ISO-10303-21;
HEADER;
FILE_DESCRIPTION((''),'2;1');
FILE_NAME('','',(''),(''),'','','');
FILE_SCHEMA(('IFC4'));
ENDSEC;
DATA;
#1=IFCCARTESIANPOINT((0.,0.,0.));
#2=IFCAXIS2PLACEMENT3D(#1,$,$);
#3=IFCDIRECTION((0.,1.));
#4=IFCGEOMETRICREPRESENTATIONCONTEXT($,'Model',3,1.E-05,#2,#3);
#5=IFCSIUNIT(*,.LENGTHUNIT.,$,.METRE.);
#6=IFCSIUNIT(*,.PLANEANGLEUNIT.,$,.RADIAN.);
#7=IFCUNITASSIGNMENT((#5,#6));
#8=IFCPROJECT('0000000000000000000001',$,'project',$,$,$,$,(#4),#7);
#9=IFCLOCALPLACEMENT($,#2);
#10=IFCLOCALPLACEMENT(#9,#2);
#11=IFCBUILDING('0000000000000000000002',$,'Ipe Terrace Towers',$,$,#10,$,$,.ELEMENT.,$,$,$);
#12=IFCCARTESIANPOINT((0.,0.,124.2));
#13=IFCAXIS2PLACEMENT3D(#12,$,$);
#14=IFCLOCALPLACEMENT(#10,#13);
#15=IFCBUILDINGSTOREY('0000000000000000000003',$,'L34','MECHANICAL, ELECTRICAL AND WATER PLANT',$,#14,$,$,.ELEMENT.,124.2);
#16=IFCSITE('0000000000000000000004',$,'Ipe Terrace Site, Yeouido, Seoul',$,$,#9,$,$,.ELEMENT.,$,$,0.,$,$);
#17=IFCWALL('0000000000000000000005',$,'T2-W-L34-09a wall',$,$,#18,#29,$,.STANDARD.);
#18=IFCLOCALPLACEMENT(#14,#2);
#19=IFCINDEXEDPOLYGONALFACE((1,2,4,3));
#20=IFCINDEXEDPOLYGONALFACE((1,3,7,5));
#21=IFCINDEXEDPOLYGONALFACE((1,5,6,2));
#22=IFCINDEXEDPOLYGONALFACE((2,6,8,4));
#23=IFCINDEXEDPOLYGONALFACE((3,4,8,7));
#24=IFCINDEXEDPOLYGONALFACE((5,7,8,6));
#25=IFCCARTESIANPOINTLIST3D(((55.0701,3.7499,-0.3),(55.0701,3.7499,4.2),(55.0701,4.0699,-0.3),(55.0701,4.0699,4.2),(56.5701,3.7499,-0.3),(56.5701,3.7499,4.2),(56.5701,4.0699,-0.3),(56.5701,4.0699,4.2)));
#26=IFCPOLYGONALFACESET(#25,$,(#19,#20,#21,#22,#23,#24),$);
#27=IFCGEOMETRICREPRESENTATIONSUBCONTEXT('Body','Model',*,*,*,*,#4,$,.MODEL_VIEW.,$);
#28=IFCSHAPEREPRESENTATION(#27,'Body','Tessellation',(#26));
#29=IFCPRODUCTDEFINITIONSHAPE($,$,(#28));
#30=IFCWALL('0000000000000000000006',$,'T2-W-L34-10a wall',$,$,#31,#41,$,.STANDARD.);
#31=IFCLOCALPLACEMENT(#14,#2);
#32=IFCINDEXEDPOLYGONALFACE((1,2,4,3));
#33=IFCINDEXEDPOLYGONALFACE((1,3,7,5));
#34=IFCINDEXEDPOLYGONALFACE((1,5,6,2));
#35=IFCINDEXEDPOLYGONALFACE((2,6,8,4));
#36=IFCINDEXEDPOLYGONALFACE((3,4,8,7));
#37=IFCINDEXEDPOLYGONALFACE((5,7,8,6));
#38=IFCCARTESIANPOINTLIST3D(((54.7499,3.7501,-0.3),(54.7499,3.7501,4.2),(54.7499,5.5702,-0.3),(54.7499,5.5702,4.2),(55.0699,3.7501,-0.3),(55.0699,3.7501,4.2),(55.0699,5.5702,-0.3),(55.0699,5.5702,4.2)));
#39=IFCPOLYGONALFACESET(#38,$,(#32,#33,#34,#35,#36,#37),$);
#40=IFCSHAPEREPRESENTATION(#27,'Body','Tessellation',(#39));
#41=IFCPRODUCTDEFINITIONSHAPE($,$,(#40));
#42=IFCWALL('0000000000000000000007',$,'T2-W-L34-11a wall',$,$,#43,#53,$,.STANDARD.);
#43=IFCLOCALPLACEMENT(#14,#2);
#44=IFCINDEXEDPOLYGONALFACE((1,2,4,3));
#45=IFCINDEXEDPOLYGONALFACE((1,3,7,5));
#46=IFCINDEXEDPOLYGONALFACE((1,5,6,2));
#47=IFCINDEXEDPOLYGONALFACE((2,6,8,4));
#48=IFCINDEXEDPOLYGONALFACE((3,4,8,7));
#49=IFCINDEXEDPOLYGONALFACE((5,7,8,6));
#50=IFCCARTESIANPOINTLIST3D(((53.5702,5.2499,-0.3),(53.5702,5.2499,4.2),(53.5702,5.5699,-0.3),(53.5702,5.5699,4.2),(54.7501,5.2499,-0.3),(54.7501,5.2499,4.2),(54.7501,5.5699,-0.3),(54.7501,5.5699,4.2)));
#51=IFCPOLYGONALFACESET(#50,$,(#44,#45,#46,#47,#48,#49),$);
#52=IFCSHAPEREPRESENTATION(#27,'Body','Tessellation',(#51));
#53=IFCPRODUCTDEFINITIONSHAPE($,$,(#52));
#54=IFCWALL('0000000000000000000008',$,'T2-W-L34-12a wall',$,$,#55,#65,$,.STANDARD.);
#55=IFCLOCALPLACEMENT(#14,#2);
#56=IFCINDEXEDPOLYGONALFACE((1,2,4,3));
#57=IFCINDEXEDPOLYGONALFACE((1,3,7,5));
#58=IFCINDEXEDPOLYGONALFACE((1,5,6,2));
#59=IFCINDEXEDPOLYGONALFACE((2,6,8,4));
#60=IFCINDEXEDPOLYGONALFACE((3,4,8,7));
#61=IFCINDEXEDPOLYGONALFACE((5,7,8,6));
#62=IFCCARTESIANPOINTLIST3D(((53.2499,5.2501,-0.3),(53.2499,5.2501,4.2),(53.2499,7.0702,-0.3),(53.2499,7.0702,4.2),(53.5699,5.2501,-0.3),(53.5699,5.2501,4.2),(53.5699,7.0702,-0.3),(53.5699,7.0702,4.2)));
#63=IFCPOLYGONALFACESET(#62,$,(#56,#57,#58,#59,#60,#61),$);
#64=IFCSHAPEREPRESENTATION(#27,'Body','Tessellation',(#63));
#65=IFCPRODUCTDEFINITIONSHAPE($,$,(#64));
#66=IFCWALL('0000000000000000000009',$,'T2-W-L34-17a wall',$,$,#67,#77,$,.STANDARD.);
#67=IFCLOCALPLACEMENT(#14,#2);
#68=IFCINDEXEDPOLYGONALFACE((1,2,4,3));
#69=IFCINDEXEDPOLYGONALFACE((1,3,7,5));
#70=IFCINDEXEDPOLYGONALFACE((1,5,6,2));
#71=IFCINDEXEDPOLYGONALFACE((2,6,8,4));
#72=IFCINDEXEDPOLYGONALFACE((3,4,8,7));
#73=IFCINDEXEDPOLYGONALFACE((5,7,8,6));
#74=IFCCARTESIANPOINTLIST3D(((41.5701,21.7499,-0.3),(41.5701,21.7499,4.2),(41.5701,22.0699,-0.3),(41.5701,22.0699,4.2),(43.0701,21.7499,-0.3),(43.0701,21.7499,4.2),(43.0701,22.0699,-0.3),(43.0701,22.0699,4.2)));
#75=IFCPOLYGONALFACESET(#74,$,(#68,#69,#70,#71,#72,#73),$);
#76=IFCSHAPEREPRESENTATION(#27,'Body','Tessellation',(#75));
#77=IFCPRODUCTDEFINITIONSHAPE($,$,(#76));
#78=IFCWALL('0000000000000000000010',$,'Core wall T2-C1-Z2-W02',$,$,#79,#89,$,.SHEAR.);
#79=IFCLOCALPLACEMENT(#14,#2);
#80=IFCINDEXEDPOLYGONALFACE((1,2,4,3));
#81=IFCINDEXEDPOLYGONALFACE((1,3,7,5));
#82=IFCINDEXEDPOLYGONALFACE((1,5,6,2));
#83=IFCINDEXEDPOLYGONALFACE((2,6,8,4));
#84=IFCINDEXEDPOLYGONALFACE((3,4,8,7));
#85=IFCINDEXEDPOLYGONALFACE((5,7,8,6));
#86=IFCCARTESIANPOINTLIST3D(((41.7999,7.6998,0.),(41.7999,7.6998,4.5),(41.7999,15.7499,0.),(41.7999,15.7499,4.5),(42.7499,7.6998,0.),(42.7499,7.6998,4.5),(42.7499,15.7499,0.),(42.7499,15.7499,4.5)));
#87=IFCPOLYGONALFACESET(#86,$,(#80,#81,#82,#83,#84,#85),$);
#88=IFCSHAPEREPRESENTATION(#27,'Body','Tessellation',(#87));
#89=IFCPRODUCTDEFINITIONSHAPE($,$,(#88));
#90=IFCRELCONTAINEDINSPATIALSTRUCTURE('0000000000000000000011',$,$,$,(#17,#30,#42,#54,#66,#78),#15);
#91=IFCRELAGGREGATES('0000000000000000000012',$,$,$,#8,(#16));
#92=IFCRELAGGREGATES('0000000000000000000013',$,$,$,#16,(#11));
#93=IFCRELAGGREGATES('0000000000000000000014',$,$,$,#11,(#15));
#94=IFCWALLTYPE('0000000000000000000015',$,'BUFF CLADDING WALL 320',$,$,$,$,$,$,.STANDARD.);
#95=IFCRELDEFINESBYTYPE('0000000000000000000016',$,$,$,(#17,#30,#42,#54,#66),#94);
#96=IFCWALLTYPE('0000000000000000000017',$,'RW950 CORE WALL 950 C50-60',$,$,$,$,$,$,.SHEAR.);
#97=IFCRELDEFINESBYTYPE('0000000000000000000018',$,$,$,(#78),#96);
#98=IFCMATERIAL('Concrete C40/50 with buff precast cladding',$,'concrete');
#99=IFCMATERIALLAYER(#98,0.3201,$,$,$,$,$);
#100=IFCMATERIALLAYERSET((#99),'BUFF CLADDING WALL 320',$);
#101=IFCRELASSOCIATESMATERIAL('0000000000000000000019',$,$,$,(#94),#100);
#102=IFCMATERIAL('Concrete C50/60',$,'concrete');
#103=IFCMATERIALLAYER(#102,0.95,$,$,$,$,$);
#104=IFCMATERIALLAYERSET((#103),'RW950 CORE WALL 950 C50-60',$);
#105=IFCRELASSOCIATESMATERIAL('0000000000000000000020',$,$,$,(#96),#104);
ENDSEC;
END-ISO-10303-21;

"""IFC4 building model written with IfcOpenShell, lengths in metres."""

from ifc_helpers import new_model, si_unit, direction, frame, frame_2d, origin, place, context, subcontext, project, spatial, rectangle, extrude, material, layer, layer_set, type_object, element, save


model = new_model("IFC4")

# Units and contexts
model_context = context("Model", 3, precision=1e-05, world=origin(), true_north=direction((0.0, 1.0)))
body_context = subcontext(model_context, "Body", "Model", "MODEL_VIEW")
ifc_project = project(units=[si_unit("LENGTHUNIT", "METRE"), si_unit("PLANEANGLEUNIT", "RADIAN")], contexts=[model_context])

# Site, building, storey
site_placement = place(None, origin())
site = spatial("IfcSite", under=ifc_project, at=site_placement, Name="Ipe Terrace Site, Yeouido, Seoul", CompositionType="ELEMENT", RefElevation=0.0)
building_placement = place(site_placement, origin())
building = spatial("IfcBuilding", under=site, at=building_placement, Name="Ipe Terrace Towers", CompositionType="ELEMENT")
storey_placement = place(building_placement, frame((0.0, 0.0, 124.2)))
storey = spatial("IfcBuildingStorey", under=building, at=storey_placement, Name="L34", Description="MECHANICAL, ELECTRICAL AND WATER PLANT", CompositionType="ELEMENT", Elevation=124.2)

# Walls
ifc_material_1 = material(Name="Concrete C40/50 with buff precast cladding", Category="concrete")
ifc_layer_1 = layer(ifc_material_1, 0.3201)
ifc_layer_set_1 = layer_set([ifc_layer_1], Name="BUFF CLADDING WALL 320")
wall_type_1 = type_object("IfcWallType", Name="BUFF CLADDING WALL 320", PredefinedType="STANDARD", material=ifc_layer_set_1)
wall_1_placement = place(storey_placement, frame((56.5701, 3.9099, -0.3), z_axis=(0.0, 0.0, 1.0), x_axis=(-1.0, 0.0, 0.0)))
element("IfcWall", 1, at=wall_1_placement, inside=storey, type_object=wall_type_1, Name="T2-W-L34-09a wall", PredefinedType="STANDARD", context=body_context, shape_type="SweptSolid", body=[
    extrude(rectangle(XDim=1.5, YDim=0.3201, at=frame_2d((0.75, 0.0))), origin(), (0.0, 0.0, 1.0), 4.5),
])
wall_2_placement = place(storey_placement, frame((54.9099, 3.75, -0.3), z_axis=(0.0, 0.0, 1.0), x_axis=(0.0, 1.0, 0.0)))
element("IfcWall", 2, at=wall_2_placement, inside=storey, type_object=wall_type_1, Name="T2-W-L34-10a wall", PredefinedType="STANDARD", context=body_context, shape_type="SweptSolid", body=[
    extrude(rectangle(XDim=1.8201, YDim=0.3201, at=frame_2d((0.9102, 0.0))), origin(), (0.0, 0.0, 1.0), 4.5),
])
wall_3_placement = place(storey_placement, frame((54.75, 5.4099, -0.3), z_axis=(0.0, 0.0, 1.0), x_axis=(-1.0, 0.0, 0.0)))
element("IfcWall", 3, at=wall_3_placement, inside=storey, type_object=wall_type_1, Name="T2-W-L34-11a wall", PredefinedType="STANDARD", context=body_context, shape_type="SweptSolid", body=[
    extrude(rectangle(XDim=1.1799, YDim=0.3201, at=frame_2d((0.5898, 0.0))), origin(), (0.0, 0.0, 1.0), 4.5),
])
wall_4_placement = place(storey_placement, frame((53.4099, 5.25, -0.3), z_axis=(0.0, 0.0, 1.0), x_axis=(0.0, 1.0, 0.0)))
element("IfcWall", 4, at=wall_4_placement, inside=storey, type_object=wall_type_1, Name="T2-W-L34-12a wall", PredefinedType="STANDARD", context=body_context, shape_type="SweptSolid", body=[
    extrude(rectangle(XDim=1.8201, YDim=0.3201, at=frame_2d((0.9102, 0.0))), origin(), (0.0, 0.0, 1.0), 4.5),
])
wall_5_placement = place(storey_placement, frame((43.0701, 21.9099, -0.3), z_axis=(0.0, 0.0, 1.0), x_axis=(-1.0, 0.0, 0.0)))
element("IfcWall", 5, at=wall_5_placement, inside=storey, type_object=wall_type_1, Name="T2-W-L34-17a wall", PredefinedType="STANDARD", context=body_context, shape_type="SweptSolid", body=[
    extrude(rectangle(XDim=1.5, YDim=0.3201, at=frame_2d((0.75, 0.0))), origin(), (0.0, 0.0, 1.0), 4.5),
])
ifc_material_2 = material(Name="Concrete C50/60", Category="concrete")
ifc_layer_2 = layer(ifc_material_2, 0.95)
ifc_layer_set_2 = layer_set([ifc_layer_2], Name="RW950 CORE WALL 950 C50-60")
wall_type_2 = type_object("IfcWallType", Name="RW950 CORE WALL 950 C50-60", PredefinedType="SHEAR", material=ifc_layer_set_2)
wall_6_placement = place(storey_placement, frame((42.2749, 7.7, 0.0), z_axis=(0.0, 0.0, 1.0), x_axis=(0.0, 1.0, 0.0)))
element("IfcWall", 6, at=wall_6_placement, inside=storey, type_object=wall_type_2, Name="Core wall T2-C1-Z2-W02", PredefinedType="SHEAR", context=body_context, shape_type="SweptSolid", body=[
    extrude(rectangle(XDim=8.05, YDim=0.95, at=frame_2d((4.0249, 0.0))), origin(), (0.0, 0.0, 1.0), 4.5),
])

save(model, "model.ifc")
